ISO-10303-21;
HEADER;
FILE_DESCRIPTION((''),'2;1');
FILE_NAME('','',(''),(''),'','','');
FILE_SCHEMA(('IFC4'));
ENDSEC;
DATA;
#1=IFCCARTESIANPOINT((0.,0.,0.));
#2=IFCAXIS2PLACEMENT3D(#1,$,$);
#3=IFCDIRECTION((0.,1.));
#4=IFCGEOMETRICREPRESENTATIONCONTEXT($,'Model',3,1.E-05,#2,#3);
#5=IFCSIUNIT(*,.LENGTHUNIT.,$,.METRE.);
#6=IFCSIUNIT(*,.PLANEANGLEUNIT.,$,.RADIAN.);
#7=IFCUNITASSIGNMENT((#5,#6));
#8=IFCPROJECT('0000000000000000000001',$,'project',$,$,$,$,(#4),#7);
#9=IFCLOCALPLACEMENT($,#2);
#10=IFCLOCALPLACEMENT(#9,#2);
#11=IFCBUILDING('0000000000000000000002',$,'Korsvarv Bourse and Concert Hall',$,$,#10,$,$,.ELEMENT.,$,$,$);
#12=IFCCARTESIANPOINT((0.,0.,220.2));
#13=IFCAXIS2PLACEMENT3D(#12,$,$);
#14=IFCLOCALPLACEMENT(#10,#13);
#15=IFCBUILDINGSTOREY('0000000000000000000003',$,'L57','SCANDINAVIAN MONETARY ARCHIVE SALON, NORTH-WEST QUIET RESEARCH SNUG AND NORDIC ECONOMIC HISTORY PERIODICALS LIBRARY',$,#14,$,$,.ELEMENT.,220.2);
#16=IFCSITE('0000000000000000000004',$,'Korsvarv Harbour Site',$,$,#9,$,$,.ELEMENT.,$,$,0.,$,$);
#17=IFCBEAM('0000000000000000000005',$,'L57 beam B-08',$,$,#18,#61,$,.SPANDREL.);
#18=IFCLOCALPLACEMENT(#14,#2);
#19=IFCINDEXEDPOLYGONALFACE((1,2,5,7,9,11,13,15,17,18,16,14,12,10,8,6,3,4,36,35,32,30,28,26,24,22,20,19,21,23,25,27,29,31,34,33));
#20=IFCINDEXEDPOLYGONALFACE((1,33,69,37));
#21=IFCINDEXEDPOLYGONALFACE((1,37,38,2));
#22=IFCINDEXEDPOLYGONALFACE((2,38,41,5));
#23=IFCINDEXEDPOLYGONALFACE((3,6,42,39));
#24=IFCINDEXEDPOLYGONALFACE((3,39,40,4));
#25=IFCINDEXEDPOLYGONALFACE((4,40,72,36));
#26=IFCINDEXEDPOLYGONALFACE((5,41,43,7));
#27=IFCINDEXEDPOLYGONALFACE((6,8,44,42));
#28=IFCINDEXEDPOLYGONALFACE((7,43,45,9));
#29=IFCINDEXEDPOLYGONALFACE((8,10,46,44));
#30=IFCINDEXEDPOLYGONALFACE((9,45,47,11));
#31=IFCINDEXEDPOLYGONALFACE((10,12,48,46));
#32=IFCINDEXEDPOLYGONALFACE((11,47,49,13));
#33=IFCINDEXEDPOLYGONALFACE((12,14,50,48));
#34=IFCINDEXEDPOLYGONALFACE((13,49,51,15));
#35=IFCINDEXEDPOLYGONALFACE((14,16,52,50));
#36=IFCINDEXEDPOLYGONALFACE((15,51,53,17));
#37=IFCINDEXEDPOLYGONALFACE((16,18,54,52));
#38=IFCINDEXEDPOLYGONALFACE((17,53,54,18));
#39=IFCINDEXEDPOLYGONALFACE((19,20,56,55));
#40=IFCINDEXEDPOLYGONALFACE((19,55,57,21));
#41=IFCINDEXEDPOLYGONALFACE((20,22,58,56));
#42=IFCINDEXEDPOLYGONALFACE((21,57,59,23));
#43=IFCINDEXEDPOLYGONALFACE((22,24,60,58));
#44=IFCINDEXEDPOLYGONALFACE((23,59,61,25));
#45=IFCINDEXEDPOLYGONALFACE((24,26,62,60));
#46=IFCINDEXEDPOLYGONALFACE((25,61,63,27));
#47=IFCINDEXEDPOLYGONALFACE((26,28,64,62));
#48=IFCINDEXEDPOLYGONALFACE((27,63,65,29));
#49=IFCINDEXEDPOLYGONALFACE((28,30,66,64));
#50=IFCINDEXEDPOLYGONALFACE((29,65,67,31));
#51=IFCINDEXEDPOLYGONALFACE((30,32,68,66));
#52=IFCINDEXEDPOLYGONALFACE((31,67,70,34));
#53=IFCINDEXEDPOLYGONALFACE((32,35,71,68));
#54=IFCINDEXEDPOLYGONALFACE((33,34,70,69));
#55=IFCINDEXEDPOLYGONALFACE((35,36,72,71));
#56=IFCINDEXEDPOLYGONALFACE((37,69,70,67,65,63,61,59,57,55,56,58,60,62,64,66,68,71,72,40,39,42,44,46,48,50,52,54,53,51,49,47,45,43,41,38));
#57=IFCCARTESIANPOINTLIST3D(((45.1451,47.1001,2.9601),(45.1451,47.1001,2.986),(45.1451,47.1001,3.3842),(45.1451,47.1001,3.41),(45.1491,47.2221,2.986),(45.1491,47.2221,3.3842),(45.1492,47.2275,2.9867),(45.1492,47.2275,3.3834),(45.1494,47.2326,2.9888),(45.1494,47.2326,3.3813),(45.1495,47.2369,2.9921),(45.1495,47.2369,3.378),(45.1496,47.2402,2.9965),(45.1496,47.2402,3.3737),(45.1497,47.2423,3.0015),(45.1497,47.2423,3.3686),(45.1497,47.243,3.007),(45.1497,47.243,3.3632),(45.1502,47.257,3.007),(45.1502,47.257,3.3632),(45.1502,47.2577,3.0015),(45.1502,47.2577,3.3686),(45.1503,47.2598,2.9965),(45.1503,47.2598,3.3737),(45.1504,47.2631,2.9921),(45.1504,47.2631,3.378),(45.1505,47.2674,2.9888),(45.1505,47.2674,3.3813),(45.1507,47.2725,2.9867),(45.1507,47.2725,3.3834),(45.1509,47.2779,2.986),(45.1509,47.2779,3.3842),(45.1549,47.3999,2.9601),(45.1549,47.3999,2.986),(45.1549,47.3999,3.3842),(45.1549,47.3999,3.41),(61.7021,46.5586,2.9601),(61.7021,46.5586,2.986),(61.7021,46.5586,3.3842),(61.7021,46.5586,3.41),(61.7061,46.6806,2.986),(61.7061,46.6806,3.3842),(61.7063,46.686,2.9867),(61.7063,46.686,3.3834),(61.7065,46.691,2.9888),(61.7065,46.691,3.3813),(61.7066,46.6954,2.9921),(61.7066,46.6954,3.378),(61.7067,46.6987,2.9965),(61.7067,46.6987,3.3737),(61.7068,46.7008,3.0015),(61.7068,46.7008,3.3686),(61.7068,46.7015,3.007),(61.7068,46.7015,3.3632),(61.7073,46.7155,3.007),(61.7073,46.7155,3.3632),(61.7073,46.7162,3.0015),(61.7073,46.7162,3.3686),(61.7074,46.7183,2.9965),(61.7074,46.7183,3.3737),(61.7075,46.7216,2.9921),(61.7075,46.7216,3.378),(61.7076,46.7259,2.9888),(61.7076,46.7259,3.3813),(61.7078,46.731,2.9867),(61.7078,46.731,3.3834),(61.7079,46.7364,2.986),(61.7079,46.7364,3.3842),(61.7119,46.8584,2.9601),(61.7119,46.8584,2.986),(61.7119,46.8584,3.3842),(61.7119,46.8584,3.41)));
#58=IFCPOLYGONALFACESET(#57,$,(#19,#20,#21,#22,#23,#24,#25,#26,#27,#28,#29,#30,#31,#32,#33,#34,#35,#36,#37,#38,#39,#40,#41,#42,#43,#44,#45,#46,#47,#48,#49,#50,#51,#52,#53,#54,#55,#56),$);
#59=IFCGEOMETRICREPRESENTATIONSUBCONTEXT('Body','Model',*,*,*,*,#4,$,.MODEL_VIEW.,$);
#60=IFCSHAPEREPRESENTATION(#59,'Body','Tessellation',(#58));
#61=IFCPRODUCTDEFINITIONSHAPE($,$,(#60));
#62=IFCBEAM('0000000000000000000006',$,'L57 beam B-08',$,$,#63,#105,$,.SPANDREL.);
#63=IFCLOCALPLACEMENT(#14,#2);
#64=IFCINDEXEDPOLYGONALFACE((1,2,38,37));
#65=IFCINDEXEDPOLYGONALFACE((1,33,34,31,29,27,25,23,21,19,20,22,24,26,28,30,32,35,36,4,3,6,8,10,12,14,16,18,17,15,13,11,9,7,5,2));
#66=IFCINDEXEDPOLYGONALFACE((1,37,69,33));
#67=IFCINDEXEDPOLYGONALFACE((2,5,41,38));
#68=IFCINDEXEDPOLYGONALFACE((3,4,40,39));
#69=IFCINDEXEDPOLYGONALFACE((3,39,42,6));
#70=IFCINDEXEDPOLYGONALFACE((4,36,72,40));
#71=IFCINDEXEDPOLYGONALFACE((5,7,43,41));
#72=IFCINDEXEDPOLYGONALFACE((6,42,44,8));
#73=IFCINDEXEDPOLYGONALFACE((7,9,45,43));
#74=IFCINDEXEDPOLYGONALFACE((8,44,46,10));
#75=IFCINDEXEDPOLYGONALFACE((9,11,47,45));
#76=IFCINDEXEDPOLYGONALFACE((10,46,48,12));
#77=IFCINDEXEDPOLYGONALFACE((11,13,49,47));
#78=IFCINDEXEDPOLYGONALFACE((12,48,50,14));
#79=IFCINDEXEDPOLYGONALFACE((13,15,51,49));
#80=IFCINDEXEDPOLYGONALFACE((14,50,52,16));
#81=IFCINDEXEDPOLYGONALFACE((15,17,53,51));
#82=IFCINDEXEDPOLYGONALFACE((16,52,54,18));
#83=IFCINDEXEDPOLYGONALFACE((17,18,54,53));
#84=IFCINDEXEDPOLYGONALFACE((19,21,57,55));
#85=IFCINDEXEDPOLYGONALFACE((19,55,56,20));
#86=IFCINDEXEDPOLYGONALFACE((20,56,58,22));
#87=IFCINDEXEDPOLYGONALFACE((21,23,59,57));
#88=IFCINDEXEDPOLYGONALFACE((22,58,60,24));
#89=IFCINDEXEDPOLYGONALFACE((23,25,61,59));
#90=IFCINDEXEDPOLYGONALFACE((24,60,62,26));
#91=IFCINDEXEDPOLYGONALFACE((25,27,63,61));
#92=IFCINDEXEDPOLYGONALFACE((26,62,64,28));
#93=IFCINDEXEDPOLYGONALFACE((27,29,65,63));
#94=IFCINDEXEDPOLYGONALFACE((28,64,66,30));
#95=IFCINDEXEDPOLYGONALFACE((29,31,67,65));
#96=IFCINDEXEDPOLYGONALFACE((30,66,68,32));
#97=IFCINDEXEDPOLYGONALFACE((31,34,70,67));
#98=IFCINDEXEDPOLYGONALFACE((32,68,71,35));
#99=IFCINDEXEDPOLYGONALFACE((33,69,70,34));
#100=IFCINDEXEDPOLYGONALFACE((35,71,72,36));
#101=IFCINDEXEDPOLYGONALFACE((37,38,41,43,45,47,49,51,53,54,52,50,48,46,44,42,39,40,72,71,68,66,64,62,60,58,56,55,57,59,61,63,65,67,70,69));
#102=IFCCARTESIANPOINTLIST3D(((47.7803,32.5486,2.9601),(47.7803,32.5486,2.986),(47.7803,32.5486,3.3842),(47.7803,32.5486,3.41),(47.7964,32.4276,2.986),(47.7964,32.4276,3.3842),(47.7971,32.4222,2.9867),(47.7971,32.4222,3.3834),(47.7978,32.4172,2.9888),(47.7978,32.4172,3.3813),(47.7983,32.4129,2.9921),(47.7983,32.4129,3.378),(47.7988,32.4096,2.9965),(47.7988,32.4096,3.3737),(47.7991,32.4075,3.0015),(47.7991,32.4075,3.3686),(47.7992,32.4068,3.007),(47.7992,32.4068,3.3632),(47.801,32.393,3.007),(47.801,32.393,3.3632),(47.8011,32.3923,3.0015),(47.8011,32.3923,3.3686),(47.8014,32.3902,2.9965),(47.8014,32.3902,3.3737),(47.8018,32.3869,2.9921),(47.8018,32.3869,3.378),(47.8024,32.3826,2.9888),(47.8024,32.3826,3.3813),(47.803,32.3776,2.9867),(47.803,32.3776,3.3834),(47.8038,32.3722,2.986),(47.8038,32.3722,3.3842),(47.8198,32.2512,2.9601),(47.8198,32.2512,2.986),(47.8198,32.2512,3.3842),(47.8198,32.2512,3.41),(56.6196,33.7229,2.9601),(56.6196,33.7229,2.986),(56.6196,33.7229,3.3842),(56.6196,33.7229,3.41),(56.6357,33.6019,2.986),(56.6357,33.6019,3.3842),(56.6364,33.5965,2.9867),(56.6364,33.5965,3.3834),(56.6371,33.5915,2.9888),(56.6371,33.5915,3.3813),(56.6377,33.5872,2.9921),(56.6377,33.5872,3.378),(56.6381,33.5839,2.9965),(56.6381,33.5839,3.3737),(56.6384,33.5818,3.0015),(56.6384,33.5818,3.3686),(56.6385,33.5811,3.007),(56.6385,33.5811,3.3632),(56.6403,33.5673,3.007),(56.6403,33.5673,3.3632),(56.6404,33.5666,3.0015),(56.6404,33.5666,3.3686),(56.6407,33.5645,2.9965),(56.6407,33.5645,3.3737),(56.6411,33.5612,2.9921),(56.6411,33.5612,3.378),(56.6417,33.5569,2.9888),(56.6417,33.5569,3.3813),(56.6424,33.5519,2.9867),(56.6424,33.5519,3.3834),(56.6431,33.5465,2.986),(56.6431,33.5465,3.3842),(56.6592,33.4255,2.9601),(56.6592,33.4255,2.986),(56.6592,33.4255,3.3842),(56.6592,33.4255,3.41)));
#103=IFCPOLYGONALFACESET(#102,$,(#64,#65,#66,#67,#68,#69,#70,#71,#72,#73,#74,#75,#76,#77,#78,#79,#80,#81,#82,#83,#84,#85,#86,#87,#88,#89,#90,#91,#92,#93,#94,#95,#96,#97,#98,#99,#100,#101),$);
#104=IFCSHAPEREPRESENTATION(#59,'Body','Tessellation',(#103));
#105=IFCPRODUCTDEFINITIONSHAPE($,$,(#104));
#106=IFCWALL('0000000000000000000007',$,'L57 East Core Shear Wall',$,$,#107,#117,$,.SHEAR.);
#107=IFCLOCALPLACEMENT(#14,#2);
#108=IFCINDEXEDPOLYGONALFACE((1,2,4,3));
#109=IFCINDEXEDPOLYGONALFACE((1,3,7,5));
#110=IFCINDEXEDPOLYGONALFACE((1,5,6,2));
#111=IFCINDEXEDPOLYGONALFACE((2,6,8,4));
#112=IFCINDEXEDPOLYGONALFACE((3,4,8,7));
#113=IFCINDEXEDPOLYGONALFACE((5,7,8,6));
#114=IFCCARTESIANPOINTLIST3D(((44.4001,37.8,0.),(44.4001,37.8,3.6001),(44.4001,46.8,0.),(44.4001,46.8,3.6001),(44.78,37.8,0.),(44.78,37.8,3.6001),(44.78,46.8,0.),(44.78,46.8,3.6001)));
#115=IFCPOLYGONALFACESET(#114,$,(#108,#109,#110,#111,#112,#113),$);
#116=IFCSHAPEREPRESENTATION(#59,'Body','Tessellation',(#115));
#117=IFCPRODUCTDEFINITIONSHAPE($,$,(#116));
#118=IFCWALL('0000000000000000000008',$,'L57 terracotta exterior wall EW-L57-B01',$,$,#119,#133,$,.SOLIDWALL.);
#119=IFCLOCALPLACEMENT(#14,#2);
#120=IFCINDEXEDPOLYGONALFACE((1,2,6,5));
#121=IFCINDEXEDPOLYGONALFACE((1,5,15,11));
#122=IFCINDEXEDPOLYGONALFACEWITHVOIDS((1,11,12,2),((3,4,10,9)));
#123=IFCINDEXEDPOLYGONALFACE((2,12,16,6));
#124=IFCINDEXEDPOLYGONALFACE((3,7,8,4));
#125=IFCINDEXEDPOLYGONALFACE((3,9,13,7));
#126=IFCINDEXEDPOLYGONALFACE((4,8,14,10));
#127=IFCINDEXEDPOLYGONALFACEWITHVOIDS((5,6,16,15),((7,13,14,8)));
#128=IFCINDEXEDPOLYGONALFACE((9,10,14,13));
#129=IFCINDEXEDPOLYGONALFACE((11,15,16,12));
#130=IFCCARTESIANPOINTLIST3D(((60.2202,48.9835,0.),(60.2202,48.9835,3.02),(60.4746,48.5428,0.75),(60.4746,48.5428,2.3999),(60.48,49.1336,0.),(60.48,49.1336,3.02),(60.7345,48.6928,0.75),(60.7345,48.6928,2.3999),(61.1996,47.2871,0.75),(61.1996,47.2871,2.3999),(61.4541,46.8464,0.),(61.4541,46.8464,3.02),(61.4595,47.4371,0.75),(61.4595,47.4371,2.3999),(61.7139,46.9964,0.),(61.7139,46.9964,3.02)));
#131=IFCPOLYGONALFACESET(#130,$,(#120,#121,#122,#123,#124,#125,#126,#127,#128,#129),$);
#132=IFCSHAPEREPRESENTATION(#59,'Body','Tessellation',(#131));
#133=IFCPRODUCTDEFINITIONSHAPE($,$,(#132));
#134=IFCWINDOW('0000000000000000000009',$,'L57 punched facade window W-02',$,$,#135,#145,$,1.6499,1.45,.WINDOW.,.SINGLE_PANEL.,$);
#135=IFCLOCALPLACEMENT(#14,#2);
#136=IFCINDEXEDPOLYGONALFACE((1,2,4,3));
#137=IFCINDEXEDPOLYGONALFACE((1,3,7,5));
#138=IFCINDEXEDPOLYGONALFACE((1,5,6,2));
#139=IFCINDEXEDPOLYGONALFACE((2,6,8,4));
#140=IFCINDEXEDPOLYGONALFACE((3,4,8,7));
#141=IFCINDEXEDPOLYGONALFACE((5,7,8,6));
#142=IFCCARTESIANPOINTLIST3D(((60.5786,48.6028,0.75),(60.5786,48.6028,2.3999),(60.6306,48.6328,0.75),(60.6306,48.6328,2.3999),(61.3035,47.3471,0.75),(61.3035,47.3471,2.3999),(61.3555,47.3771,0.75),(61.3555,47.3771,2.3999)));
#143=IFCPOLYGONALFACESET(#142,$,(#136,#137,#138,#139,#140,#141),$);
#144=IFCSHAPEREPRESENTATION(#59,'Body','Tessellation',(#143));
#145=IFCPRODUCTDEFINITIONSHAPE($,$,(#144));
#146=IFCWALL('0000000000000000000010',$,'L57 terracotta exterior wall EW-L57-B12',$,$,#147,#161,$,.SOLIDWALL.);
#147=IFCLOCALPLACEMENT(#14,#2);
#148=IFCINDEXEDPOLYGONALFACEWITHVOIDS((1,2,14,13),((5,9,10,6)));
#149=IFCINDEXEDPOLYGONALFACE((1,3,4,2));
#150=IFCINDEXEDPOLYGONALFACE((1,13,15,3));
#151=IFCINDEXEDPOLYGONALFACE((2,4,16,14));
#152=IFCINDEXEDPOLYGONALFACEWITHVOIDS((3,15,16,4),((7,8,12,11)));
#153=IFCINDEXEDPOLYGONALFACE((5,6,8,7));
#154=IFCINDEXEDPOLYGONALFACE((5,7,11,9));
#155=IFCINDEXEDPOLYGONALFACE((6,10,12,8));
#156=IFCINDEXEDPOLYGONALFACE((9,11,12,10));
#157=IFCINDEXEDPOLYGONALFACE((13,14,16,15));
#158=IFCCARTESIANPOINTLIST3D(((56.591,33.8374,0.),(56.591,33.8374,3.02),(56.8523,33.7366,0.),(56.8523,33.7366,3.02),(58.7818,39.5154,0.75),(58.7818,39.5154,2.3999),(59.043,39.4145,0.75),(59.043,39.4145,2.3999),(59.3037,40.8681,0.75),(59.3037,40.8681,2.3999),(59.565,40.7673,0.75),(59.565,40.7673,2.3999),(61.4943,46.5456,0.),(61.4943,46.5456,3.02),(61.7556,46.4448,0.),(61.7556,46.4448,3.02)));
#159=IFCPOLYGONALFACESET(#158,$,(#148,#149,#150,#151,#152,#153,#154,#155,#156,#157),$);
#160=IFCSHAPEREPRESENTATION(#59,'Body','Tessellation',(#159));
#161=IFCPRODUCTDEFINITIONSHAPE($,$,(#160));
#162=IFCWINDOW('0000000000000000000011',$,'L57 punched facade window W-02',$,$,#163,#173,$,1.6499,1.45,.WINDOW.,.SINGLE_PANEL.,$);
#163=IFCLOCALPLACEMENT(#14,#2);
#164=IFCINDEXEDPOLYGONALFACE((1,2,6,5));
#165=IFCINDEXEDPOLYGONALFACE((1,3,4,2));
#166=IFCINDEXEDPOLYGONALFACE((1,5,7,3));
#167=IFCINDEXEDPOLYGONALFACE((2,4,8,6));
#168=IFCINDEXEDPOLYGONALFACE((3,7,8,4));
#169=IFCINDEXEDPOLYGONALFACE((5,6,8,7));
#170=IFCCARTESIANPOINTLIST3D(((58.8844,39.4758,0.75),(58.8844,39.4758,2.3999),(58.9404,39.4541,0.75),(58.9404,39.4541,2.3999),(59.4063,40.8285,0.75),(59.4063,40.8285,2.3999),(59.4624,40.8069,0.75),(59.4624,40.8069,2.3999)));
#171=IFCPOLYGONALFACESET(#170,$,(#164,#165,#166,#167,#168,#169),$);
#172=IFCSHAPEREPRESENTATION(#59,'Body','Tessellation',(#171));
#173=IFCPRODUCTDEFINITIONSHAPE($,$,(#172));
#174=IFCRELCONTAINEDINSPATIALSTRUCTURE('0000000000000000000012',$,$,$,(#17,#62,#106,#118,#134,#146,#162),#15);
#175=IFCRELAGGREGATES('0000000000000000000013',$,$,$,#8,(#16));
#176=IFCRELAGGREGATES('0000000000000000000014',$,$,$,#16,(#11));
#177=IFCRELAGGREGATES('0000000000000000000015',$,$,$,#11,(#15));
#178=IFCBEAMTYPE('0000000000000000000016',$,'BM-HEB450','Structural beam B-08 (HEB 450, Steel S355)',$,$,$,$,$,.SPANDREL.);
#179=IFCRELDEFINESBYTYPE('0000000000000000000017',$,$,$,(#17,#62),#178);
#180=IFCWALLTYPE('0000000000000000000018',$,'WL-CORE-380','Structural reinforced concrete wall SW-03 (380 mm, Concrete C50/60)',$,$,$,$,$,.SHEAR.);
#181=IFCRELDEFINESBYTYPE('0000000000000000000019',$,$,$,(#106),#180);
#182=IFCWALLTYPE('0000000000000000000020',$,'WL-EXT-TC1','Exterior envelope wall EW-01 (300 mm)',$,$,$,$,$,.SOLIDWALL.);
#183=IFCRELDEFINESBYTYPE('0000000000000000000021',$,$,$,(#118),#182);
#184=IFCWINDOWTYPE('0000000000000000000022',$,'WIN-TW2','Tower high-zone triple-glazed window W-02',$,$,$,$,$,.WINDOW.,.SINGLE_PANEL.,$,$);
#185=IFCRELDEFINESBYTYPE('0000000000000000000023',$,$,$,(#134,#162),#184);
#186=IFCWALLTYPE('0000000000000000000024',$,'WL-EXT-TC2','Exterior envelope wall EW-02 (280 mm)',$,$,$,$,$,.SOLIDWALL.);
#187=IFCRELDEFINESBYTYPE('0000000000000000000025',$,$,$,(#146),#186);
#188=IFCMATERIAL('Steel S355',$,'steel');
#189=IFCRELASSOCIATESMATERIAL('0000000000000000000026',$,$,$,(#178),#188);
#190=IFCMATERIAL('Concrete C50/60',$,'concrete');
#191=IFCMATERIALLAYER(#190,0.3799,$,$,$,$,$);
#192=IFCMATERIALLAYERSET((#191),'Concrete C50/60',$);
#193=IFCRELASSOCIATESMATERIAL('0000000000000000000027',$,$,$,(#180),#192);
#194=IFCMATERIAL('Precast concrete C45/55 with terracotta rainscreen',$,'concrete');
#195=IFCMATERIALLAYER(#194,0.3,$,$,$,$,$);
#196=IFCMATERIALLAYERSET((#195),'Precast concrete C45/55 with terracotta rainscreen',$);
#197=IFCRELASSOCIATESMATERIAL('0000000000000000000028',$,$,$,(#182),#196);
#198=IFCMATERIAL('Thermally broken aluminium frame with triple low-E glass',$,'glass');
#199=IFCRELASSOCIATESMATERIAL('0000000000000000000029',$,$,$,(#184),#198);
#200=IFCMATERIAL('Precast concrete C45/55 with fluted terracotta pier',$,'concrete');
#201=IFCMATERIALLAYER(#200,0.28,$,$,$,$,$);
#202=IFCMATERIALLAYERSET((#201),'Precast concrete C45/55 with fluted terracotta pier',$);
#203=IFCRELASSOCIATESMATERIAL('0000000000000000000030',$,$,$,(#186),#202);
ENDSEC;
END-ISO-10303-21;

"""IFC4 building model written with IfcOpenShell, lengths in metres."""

from ifc_helpers import new_model, si_unit, direction, frame, frame_2d, origin, origin_2d, place, context, subcontext, project, spatial, rectangle, i_section, extrude, source, transform, mapped, material, layer, layer_set, material_profile, profile_set, type_object, element, fill, save


model = new_model("IFC4")

# Units and contexts
model_context = context("Model", 3, precision=1e-05, world=origin(), true_north=direction((0.0, 1.0)))
body_context = subcontext(model_context, "Body", "Model", "MODEL_VIEW")
ifc_project = project(units=[si_unit("LENGTHUNIT", "METRE"), si_unit("PLANEANGLEUNIT", "RADIAN")], contexts=[model_context])

# Site, building, storey
site_placement = place(None, origin())
site = spatial("IfcSite", under=ifc_project, at=site_placement, Name="Korsvarv Harbour Site", CompositionType="ELEMENT", RefElevation=0.0)
building_placement = place(site_placement, origin())
building = spatial("IfcBuilding", under=site, at=building_placement, Name="Korsvarv Bourse and Concert Hall", CompositionType="ELEMENT")
storey_placement = place(building_placement, frame((0.0, 0.0, 220.2)))
storey = spatial("IfcBuildingStorey", under=building, at=storey_placement, Name="L57", Description="SCANDINAVIAN MONETARY ARCHIVE SALON, NORTH-WEST QUIET RESEARCH SNUG AND NORDIC ECONOMIC HISTORY PERIODICALS LIBRARY", CompositionType="ELEMENT", Elevation=220.2)

# Shared definitions
ifc_material_1 = material(Name="Steel S355", Category="steel")

# Beams
ifc_material_profile_1 = material_profile(ifc_material_1, i_section(OverallWidth=0.3, OverallDepth=0.45, WebThickness=0.0139, FlangeThickness=0.0259, FilletRadius=0.021, at=origin_2d()), Name="HEB 450")
ifc_profile_set_1 = profile_set([ifc_material_profile_1], Name="Steel S355")
beam_type_1 = type_object("IfcBeamType", Name="BM-HEB450", Description="Structural beam B-08 (HEB 450, Steel S355)", PredefinedType="SPANDREL", material=ifc_profile_set_1)
shared_shape_1 = source(origin(), body_context, "Body", "SweptSolid", [
    extrude(i_section(OverallWidth=0.3, OverallDepth=0.45, WebThickness=0.0139, FlangeThickness=0.0259, FilletRadius=0.021, at=origin_2d()), origin(), (0.0, 0.0, 1.0), 16.5659),
])
beam_1_placement = place(storey_placement, frame((61.707, 46.7085, 3.1851), z_axis=(-0.999466, 0.032688, 0.0), x_axis=(-0.032688, -0.999466, 0.0)))
element("IfcBeam", 1, at=beam_1_placement, inside=storey, type_object=beam_type_1, Name="L57 beam B-08", PredefinedType="SPANDREL", context=body_context, shape_type="MappedRepresentation", body=[
    mapped(shared_shape_1, transform((0.0, 0.0, 0.0), scale=1.0)),
])
shared_shape_2 = source(origin(), body_context, "Body", "SweptSolid", [
    extrude(i_section(OverallWidth=0.3, OverallDepth=0.45, WebThickness=0.0139, FlangeThickness=0.0259, FilletRadius=0.021, at=origin_2d()), origin(), (0.0, 0.0, 1.0), 8.917),
])
beam_2_placement = place(storey_placement, frame((56.6394, 33.5742, 3.1851), z_axis=(-0.99129, -0.131694, 0.0), x_axis=(0.131694, -0.99129, 0.0)))
element("IfcBeam", 2, at=beam_2_placement, inside=storey, type_object=beam_type_1, Name="L57 beam B-08", PredefinedType="SPANDREL", context=body_context, shape_type="MappedRepresentation", body=[
    mapped(shared_shape_2, transform((0.0, 0.0, 0.0), scale=1.0)),
])

# Wall
ifc_material_2 = material(Name="Concrete C50/60", Category="concrete")
ifc_layer_1 = layer(ifc_material_2, 0.3799)
ifc_layer_set_1 = layer_set([ifc_layer_1], Name="Concrete C50/60")
wall_type_1 = type_object("IfcWallType", Name="WL-CORE-380", Description="Structural reinforced concrete wall SW-03 (380 mm, Concrete C50/60)", PredefinedType="SHEAR", material=ifc_layer_set_1)
wall_1_placement = place(storey_placement, frame((44.5901, 37.8, 0.0), z_axis=(0.0, 0.0, 1.0), x_axis=(0.0, 1.0, 0.0)))
element("IfcWall", 3, at=wall_1_placement, inside=storey, type_object=wall_type_1, Name="L57 East Core Shear Wall", PredefinedType="SHEAR", context=body_context, shape_type="SweptSolid", body=[
    extrude(rectangle(XDim=9.0, YDim=0.3799, at=frame_2d((4.5, 0.0))), origin(), (0.0, 0.0, 1.0), 3.6001),
])

# Walls, openings, windows
ifc_material_3 = material(Name="Precast concrete C45/55 with terracotta rainscreen", Category="concrete")
ifc_layer_2 = layer(ifc_material_3, 0.3)
ifc_layer_set_2 = layer_set([ifc_layer_2], Name="Precast concrete C45/55 with terracotta rainscreen")
wall_type_2 = type_object("IfcWallType", Name="WL-EXT-TC1", Description="Exterior envelope wall EW-01 (300 mm)", PredefinedType="SOLIDWALL", material=ifc_layer_set_2)
wall_2_placement = place(storey_placement, frame((61.584, 46.9214, 0.0), z_axis=(0.0, 0.0, 1.0), x_axis=(-0.499991, 0.866031, 0.0)))
wall_2 = element("IfcWall", 4, at=wall_2_placement, inside=storey, type_object=wall_type_2, Name="L57 terracotta exterior wall EW-L57-B01", PredefinedType="SOLIDWALL", context=body_context, shape_type="SweptSolid", body=[
    extrude(rectangle(XDim=2.4678, YDim=0.3, at=frame_2d((1.2339, 0.0))), origin(), (0.0, 0.0, 1.0), 3.02),
])
opening_1_placement = place(wall_2_placement, frame((0.5088, 0.0, 0.75)))
opening_1 = element("IfcOpeningElement", 5, at=opening_1_placement, cuts=wall_2, PredefinedType="OPENING", context=body_context, shape_type="SweptSolid", body=[
    extrude(rectangle(XDim=1.45, YDim=1.6499, at=frame_2d((0.7251, 0.825))), frame((0.0, 0.1602, 0.0), z_axis=(0.0, -1.0, 0.0), x_axis=(1.0, 0.0, 0.0)), (0.0, 0.0, 1.0), 0.3201),
])
ifc_material_4 = material(Name="Thermally broken aluminium frame with triple low-E glass", Category="glass")
window_type = type_object("IfcWindowType", Name="WIN-TW2", Description="Tower high-zone triple-glazed window W-02", PartitioningType="SINGLE_PANEL", PredefinedType="WINDOW", material=ifc_material_4)
window_1_placement = place(opening_1_placement, origin())
window_1 = element("IfcWindow", 6, at=window_1_placement, inside=storey, type_object=window_type, Name="L57 punched facade window W-02", OverallHeight=1.6499, OverallWidth=1.45, PartitioningType="SINGLE_PANEL", PredefinedType="WINDOW", context=body_context, shape_type="SweptSolid", body=[
    extrude(rectangle(XDim=1.45, YDim=1.6499, at=frame_2d((0.7251, 0.825))), frame((0.0, 0.03, 0.0), z_axis=(0.0, -1.0, 0.0), x_axis=(1.0, 0.0, 0.0)), (0.0, 0.0, 1.0), 0.0601),
])
fill(opening_1, window_1)
ifc_material_5 = material(Name="Precast concrete C45/55 with fluted terracotta pier", Category="concrete")
ifc_layer_3 = layer(ifc_material_5, 0.28)
ifc_layer_set_3 = layer_set([ifc_layer_3], Name="Precast concrete C45/55 with fluted terracotta pier")
wall_type_3 = type_object("IfcWallType", Name="WL-EXT-TC2", Description="Exterior envelope wall EW-02 (280 mm)", PredefinedType="SOLIDWALL", material=ifc_layer_set_3)
wall_3_placement = place(storey_placement, frame((56.7217, 33.7871, 0.0), z_axis=(0.0, 0.0, 1.0), x_axis=(0.359972, 0.932963, 0.0)))
wall_3 = element("IfcWall", 7, at=wall_3_placement, inside=storey, type_object=wall_type_3, Name="L57 terracotta exterior wall EW-L57-B12", PredefinedType="SOLIDWALL", context=body_context, shape_type="SweptSolid", body=[
    extrude(rectangle(XDim=13.6213, YDim=0.28, at=frame_2d((6.8105, 0.0))), origin(), (0.0, 0.0, 1.0), 3.02),
])
opening_2_placement = place(wall_3_placement, frame((6.0857, 0.0, 0.75)))
opening_2 = element("IfcOpeningElement", 8, at=opening_2_placement, cuts=wall_3, PredefinedType="OPENING", context=body_context, shape_type="SweptSolid", body=[
    extrude(rectangle(XDim=1.45, YDim=1.6499, at=frame_2d((0.7251, 0.825))), frame((0.0, 0.1499, 0.0), z_axis=(0.0, -1.0, 0.0), x_axis=(1.0, 0.0, 0.0)), (0.0, 0.0, 1.0), 0.3),
])
window_2_placement = place(opening_2_placement, origin())
window_2 = element("IfcWindow", 9, at=window_2_placement, inside=storey, type_object=window_type, Name="L57 punched facade window W-02", OverallHeight=1.6499, OverallWidth=1.45, PartitioningType="SINGLE_PANEL", PredefinedType="WINDOW", context=body_context, shape_type="SweptSolid", body=[
    extrude(rectangle(XDim=1.45, YDim=1.6499, at=frame_2d((0.7251, 0.825))), frame((0.0, 0.03, 0.0), z_axis=(0.0, -1.0, 0.0), x_axis=(1.0, 0.0, 0.0)), (0.0, 0.0, 1.0), 0.0601),
])
fill(opening_2, window_2)

save(model, "model.ifc")
